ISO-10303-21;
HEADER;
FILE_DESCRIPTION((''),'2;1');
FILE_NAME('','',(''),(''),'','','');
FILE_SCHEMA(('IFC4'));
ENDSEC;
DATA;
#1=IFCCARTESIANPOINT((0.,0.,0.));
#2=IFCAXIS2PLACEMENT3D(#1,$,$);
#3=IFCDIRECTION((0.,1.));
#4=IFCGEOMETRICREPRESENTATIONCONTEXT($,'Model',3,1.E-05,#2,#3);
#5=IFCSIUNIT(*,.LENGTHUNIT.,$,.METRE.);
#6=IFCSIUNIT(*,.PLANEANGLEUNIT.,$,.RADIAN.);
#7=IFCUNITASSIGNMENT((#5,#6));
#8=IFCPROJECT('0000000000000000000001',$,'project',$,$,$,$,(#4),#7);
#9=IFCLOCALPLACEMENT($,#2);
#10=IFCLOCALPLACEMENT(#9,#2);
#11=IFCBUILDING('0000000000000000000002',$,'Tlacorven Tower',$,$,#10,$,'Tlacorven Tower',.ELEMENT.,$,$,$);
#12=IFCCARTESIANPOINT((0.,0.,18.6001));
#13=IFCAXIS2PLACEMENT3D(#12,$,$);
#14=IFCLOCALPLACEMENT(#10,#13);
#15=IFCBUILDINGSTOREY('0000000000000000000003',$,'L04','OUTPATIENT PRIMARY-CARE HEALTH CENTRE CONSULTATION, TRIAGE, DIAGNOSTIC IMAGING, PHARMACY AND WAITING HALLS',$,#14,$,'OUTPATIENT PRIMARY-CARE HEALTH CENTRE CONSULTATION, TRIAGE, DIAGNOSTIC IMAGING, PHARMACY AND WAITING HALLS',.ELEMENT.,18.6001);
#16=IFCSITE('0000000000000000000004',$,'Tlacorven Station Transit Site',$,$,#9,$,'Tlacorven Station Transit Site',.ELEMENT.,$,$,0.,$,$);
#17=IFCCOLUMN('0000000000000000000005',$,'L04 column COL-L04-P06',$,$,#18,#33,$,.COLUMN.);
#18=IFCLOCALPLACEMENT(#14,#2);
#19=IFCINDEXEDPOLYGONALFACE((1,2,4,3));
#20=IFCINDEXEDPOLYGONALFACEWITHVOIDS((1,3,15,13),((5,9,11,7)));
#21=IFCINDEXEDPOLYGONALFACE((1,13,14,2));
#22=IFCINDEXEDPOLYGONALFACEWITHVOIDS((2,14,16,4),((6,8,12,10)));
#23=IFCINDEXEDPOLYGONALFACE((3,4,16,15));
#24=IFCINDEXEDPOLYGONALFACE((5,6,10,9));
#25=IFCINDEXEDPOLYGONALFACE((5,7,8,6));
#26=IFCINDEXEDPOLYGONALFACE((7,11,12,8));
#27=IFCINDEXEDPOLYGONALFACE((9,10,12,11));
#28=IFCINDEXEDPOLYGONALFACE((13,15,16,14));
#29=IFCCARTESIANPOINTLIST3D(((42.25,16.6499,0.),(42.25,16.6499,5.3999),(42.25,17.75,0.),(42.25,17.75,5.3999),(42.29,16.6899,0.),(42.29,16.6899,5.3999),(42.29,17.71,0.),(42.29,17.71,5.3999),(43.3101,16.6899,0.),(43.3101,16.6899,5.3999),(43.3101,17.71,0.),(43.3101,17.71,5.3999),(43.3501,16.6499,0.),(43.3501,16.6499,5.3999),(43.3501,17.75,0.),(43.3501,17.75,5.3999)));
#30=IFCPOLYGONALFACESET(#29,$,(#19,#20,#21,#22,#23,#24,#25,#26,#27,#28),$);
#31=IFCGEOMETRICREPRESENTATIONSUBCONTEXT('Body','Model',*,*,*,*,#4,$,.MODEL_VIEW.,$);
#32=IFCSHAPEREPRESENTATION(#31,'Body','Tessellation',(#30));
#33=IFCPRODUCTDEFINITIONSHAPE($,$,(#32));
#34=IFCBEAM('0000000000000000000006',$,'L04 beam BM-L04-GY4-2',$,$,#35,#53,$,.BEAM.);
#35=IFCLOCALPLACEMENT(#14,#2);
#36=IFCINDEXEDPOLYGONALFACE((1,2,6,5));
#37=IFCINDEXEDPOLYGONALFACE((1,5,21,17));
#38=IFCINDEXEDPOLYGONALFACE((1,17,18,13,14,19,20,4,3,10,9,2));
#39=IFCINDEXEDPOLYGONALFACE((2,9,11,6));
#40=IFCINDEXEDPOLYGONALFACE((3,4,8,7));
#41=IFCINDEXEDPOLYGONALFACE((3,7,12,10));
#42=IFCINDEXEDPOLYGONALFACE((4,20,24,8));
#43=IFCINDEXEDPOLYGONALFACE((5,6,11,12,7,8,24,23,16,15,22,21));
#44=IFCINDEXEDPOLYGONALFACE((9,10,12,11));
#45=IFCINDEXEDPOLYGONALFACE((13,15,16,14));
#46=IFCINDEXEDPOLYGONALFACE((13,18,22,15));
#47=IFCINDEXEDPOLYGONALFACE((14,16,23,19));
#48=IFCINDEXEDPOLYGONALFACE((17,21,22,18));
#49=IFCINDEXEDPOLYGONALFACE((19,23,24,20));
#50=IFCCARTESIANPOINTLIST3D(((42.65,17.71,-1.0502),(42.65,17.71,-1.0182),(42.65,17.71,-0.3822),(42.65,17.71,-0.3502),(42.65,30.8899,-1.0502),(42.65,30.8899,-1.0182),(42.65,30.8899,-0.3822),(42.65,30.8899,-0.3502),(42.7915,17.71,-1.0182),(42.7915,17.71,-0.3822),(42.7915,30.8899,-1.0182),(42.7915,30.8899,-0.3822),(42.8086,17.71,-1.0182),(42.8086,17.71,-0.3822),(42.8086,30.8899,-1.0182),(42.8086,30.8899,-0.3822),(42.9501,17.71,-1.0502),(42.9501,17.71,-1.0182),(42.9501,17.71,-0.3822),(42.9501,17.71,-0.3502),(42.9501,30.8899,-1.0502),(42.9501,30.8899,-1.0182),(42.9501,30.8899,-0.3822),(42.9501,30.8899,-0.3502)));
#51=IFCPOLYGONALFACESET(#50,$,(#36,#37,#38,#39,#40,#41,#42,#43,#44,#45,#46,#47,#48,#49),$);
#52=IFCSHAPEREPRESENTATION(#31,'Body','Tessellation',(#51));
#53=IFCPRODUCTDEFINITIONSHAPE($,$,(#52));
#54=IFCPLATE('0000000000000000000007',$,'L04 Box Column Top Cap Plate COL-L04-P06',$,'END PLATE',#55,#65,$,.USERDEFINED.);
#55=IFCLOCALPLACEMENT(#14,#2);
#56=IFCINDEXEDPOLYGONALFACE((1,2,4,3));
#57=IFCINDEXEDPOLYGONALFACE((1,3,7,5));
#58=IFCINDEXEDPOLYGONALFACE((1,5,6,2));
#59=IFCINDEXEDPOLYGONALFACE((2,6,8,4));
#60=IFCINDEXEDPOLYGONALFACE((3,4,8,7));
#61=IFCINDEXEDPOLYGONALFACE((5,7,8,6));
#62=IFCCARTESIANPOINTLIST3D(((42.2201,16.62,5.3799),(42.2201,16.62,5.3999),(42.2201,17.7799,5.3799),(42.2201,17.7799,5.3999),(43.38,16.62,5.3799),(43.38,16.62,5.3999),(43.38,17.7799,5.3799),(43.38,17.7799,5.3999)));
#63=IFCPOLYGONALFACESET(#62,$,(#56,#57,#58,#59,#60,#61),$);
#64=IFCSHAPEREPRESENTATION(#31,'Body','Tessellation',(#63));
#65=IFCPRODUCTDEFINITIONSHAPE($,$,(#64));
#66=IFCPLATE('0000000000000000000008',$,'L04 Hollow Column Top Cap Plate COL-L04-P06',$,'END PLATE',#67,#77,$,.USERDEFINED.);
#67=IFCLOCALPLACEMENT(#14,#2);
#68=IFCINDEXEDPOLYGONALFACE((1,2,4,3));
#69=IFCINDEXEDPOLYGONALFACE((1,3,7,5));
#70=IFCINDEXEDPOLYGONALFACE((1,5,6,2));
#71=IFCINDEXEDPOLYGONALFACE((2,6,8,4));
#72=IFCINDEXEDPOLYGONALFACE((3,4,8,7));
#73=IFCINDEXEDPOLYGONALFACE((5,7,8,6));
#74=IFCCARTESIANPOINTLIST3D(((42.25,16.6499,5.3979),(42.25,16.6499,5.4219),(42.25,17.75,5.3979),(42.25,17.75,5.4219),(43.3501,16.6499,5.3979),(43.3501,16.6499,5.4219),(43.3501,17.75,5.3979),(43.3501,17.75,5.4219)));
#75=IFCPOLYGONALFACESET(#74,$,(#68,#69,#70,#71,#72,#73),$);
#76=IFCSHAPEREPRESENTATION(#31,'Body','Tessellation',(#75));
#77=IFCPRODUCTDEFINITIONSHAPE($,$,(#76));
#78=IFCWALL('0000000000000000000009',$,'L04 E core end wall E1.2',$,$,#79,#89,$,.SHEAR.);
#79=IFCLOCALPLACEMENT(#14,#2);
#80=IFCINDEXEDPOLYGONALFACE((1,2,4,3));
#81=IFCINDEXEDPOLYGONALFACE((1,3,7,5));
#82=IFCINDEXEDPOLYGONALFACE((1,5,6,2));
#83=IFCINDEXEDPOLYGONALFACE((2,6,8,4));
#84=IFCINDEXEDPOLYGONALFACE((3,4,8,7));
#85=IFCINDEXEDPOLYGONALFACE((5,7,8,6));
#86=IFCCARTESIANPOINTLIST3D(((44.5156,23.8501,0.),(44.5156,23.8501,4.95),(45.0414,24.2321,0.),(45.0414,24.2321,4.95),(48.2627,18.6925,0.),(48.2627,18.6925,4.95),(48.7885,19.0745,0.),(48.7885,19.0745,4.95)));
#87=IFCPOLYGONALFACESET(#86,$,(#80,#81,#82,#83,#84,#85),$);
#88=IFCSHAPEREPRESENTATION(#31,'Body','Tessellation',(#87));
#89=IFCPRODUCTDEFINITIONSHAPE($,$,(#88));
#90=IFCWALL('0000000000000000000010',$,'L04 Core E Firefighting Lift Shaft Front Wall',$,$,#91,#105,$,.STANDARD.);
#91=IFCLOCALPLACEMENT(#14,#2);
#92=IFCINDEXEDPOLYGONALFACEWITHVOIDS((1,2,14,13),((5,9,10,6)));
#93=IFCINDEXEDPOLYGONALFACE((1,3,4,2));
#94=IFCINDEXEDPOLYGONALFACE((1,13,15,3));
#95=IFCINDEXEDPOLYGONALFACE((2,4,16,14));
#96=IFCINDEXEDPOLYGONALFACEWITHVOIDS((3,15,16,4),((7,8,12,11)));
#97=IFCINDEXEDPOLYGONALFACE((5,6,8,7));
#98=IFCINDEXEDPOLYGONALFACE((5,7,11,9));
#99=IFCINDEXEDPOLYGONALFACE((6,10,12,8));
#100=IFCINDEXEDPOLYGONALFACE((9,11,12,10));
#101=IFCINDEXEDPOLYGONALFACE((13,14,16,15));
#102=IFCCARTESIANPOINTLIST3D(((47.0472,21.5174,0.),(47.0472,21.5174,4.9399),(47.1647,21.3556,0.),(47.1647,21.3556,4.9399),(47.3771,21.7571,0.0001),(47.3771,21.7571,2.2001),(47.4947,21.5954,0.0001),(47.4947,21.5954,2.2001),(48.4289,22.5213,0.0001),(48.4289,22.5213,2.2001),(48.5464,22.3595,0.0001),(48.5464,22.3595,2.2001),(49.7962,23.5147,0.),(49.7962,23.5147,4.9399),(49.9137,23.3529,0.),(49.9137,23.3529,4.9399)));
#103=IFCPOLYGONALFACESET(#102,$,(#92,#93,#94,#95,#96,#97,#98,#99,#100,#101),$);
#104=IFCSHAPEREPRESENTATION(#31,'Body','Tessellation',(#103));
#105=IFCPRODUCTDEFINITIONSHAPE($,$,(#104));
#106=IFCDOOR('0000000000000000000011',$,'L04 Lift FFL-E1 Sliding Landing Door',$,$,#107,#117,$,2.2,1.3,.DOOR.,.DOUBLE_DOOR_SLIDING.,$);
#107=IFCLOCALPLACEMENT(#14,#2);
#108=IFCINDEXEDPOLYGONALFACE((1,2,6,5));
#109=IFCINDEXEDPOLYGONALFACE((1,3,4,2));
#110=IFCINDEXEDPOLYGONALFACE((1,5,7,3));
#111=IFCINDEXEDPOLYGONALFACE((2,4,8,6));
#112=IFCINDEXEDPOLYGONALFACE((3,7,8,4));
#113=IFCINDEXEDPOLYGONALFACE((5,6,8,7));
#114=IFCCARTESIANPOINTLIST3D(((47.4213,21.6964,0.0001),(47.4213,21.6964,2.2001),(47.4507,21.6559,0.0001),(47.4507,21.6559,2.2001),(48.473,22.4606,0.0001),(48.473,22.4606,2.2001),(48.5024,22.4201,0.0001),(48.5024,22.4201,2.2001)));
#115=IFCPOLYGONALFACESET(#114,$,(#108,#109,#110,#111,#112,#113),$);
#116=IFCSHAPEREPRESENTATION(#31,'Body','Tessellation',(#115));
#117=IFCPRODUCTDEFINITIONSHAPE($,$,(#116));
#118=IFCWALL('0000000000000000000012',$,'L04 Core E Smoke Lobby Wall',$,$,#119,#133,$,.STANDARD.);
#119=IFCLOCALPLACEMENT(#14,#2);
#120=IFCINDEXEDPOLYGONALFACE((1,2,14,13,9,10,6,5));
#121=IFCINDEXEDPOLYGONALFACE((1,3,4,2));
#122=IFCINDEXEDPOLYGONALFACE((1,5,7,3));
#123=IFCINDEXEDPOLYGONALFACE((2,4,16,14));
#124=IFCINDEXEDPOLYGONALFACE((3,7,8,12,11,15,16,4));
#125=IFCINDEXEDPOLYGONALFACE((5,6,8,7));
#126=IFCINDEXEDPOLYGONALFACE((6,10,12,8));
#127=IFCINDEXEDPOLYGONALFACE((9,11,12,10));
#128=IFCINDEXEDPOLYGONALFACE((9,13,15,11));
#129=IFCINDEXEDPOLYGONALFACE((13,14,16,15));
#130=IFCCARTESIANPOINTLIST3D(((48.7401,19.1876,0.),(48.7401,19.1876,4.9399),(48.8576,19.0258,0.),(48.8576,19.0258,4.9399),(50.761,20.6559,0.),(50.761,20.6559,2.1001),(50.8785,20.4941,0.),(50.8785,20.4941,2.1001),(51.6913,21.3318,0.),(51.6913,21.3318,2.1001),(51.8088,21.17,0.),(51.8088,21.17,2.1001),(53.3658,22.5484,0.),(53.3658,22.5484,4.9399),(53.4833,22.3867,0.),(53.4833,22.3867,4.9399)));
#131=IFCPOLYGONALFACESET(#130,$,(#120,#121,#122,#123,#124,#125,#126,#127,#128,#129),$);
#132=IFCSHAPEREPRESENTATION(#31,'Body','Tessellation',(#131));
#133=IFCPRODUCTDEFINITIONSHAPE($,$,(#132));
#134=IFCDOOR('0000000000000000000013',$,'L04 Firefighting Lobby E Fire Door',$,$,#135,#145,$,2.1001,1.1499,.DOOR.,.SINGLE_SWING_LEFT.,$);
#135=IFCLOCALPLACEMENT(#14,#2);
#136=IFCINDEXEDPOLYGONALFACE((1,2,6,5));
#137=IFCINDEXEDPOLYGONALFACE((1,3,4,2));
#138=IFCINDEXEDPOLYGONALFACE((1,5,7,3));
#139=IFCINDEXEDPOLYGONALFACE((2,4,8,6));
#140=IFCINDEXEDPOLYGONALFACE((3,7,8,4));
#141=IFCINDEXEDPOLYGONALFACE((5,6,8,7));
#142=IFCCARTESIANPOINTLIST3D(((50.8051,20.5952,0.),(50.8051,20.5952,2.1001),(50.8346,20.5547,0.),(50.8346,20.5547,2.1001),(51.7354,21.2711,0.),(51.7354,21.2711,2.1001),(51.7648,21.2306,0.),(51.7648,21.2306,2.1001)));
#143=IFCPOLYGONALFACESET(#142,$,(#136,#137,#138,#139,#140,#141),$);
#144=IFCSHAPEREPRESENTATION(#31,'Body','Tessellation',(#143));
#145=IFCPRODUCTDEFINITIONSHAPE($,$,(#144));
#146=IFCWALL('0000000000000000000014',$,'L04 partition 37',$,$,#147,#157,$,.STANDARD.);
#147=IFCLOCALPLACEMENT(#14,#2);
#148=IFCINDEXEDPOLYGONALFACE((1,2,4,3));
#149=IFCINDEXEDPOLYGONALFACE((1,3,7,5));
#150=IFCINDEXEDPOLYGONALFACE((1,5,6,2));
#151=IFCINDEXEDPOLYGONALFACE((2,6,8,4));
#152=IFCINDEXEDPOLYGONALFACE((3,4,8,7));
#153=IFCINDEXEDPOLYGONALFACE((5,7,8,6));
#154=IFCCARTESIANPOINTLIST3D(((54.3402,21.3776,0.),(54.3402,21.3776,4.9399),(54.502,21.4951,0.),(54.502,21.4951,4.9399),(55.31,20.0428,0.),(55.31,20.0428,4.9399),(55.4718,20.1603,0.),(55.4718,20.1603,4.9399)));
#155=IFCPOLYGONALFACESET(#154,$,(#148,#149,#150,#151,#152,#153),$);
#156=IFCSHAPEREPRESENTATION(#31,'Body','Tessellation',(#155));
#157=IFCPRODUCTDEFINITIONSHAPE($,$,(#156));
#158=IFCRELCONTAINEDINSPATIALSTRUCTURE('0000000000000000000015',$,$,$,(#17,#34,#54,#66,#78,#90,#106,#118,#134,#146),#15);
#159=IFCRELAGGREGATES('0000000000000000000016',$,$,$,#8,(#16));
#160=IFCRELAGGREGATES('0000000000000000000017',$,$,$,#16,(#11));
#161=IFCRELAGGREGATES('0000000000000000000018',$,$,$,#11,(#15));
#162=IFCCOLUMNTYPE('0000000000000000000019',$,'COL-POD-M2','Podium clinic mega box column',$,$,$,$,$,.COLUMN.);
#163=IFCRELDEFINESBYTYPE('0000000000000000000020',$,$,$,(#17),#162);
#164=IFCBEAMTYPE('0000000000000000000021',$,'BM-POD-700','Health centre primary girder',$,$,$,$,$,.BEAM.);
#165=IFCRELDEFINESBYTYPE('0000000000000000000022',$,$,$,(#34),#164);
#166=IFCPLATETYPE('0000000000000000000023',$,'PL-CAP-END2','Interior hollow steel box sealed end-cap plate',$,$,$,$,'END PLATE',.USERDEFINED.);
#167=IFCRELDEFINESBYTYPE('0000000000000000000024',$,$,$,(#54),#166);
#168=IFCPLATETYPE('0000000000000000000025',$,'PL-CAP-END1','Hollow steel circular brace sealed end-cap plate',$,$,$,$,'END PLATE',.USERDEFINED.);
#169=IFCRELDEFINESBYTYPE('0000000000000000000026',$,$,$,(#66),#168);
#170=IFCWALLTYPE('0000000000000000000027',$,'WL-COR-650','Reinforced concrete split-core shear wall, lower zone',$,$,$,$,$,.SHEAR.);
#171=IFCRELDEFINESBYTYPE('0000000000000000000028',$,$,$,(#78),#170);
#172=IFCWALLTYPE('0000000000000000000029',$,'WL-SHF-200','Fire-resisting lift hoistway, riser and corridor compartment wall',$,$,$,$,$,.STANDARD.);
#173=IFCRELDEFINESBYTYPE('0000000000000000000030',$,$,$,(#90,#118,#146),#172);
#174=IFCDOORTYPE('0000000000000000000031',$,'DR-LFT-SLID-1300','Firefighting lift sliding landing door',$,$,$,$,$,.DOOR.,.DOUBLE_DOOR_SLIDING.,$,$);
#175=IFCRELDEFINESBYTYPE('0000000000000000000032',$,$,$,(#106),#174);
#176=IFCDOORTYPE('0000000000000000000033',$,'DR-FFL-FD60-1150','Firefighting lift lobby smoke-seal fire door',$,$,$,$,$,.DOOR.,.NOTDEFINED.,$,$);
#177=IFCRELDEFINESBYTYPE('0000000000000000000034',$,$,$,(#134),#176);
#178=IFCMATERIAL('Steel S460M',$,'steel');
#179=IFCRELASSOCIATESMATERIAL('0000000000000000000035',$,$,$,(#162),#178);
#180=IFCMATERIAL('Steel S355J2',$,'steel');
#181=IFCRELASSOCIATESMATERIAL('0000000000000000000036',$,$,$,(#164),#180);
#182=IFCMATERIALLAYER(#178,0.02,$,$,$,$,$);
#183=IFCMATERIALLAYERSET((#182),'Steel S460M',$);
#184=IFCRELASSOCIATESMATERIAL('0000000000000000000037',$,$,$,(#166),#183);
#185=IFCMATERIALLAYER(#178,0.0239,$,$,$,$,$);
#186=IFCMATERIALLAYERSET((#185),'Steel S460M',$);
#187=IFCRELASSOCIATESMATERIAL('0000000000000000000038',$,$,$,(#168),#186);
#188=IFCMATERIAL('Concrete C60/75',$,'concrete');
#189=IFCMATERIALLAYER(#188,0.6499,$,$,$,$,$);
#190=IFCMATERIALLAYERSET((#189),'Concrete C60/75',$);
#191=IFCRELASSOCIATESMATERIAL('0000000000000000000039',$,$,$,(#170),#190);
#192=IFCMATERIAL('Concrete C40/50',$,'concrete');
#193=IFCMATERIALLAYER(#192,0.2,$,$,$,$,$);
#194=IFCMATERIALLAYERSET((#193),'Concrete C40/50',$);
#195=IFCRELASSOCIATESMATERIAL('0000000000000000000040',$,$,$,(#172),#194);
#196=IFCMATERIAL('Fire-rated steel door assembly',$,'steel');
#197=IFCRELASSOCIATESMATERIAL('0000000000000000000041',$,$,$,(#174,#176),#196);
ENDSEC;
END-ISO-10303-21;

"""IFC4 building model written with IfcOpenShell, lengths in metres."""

from ifc_helpers import new_model, si_unit, direction, frame, frame_2d, origin, origin_2d, place, context, subcontext, project, spatial, rectangle, hollow_rectangle, i_section, extrude, source, transform, mapped, material, layer, layer_set, material_profile, profile_set, type_object, element, fill, save


model = new_model("IFC4")

# Units and contexts
model_context = context("Model", 3, precision=1e-05, world=origin(), true_north=direction((0.0, 1.0)))
body_context = subcontext(model_context, "Body", "Model", "MODEL_VIEW")
ifc_project = project(units=[si_unit("LENGTHUNIT", "METRE"), si_unit("PLANEANGLEUNIT", "RADIAN")], contexts=[model_context])

# Site, building, storey
site_placement = place(None, origin())
site = spatial("IfcSite", under=ifc_project, at=site_placement, Name="Tlacorven Station Transit Site", LongName="Tlacorven Station Transit Site", CompositionType="ELEMENT", RefElevation=0.0)
building_placement = place(site_placement, origin())
building = spatial("IfcBuilding", under=site, at=building_placement, Name="Tlacorven Tower", LongName="Tlacorven Tower", CompositionType="ELEMENT")
storey_placement = place(building_placement, frame((0.0, 0.0, 18.6001)))
storey = spatial("IfcBuildingStorey", under=building, at=storey_placement, Name="L04", Description="OUTPATIENT PRIMARY-CARE HEALTH CENTRE CONSULTATION, TRIAGE, DIAGNOSTIC IMAGING, PHARMACY AND WAITING HALLS", LongName="OUTPATIENT PRIMARY-CARE HEALTH CENTRE CONSULTATION, TRIAGE, DIAGNOSTIC IMAGING, PHARMACY AND WAITING HALLS", CompositionType="ELEMENT", Elevation=18.6001)

# Column
ifc_material_1 = material(Name="Steel S460M", Category="steel")
ifc_material_profile_1 = material_profile(ifc_material_1, hollow_rectangle(XDim=1.1001, YDim=1.1001, WallThickness=0.04, at=origin_2d()), Name="BOX 1100X1100X40")
ifc_profile_set_1 = profile_set([ifc_material_profile_1], Name="Steel S460M")
column_type = type_object("IfcColumnType", Name="COL-POD-M2", Description="Podium clinic mega box column", PredefinedType="COLUMN", material=ifc_profile_set_1)
shared_shape_1 = source(origin(), body_context, "Body", "SweptSolid", [
    extrude(hollow_rectangle(XDim=1.1001, YDim=1.1001, WallThickness=0.04, at=origin_2d()), origin(), (0.0, 0.0, 1.0), 5.3999),
])
column_placement = place(storey_placement, frame((42.8, 17.2, 0.0), z_axis=(0.0, 0.0, 1.0), x_axis=(1.0, 0.0, 0.0)))
element("IfcColumn", 1, at=column_placement, inside=storey, type_object=column_type, Name="L04 column COL-L04-P06", PredefinedType="COLUMN", context=body_context, shape_type="MappedRepresentation", body=[
    mapped(shared_shape_1, transform((0.0, 0.0, 0.0), scale=1.0)),
])

# Beam
ifc_material_2 = material(Name="Steel S355J2", Category="steel")
ifc_material_profile_2 = material_profile(ifc_material_2, i_section(OverallWidth=0.3, OverallDepth=0.7, WebThickness=0.0171, FlangeThickness=0.032, at=origin_2d()), Name="HEB 700")
ifc_profile_set_2 = profile_set([ifc_material_profile_2], Name="Steel S355J2")
beam_type = type_object("IfcBeamType", Name="BM-POD-700", Description="Health centre primary girder", PredefinedType="BEAM", material=ifc_profile_set_2)
shared_shape_2 = source(origin(), body_context, "Body", "SweptSolid", [
    extrude(i_section(OverallWidth=0.3, OverallDepth=0.7, WebThickness=0.0171, FlangeThickness=0.032, at=origin_2d()), origin(), (0.0, 0.0, 1.0), 13.1799),
])
beam_placement = place(storey_placement, frame((42.8, 17.71, -0.7002), z_axis=(0.0, 1.0, 0.0), x_axis=(-1.0, 0.0, 0.0)))
element("IfcBeam", 2, at=beam_placement, inside=storey, type_object=beam_type, Name="L04 beam BM-L04-GY4-2", PredefinedType="BEAM", context=body_context, shape_type="MappedRepresentation", body=[
    mapped(shared_shape_2, transform((0.0, 0.0, 0.0), scale=1.0)),
])

# Plates
ifc_layer_1 = layer(ifc_material_1, 0.02)
ifc_layer_set_1 = layer_set([ifc_layer_1], Name="Steel S460M")
plate_type_1 = type_object("IfcPlateType", Name="PL-CAP-END2", Description="Interior hollow steel box sealed end-cap plate", ElementType="END PLATE", PredefinedType="USERDEFINED", material=ifc_layer_set_1)
shared_shape_3 = source(origin(), body_context, "Body", "SweptSolid", [
    extrude(rectangle(XDim=1.1599, YDim=1.1599, at=origin_2d()), origin(), (0.0, 0.0, 1.0), 0.02),
])
plate_1_placement = place(storey_placement, frame((42.8, 17.2, 5.3799), z_axis=(0.0, 0.0, 1.0), x_axis=(1.0, 0.0, 0.0)))
element("IfcPlate", 3, at=plate_1_placement, inside=storey, type_object=plate_type_1, Name="L04 Box Column Top Cap Plate COL-L04-P06", ObjectType="END PLATE", PredefinedType="USERDEFINED", context=body_context, shape_type="MappedRepresentation", body=[
    mapped(shared_shape_3, transform((0.0, 0.0, 0.0), scale=1.0)),
])
ifc_layer_2 = layer(ifc_material_1, 0.0239)
ifc_layer_set_2 = layer_set([ifc_layer_2], Name="Steel S460M")
plate_type_2 = type_object("IfcPlateType", Name="PL-CAP-END1", Description="Hollow steel circular brace sealed end-cap plate", ElementType="END PLATE", PredefinedType="USERDEFINED", material=ifc_layer_set_2)
shared_shape_4 = source(origin(), body_context, "Body", "SweptSolid", [
    extrude(rectangle(XDim=1.1001, YDim=1.1001, at=origin_2d()), origin(), (0.0, 0.0, 1.0), 0.0239),
])
plate_2_placement = place(storey_placement, frame((42.8, 17.2, 5.3979), z_axis=(0.0, 0.0, 1.0), x_axis=(1.0, 0.0, 0.0)))
element("IfcPlate", 4, at=plate_2_placement, inside=storey, type_object=plate_type_2, Name="L04 Hollow Column Top Cap Plate COL-L04-P06", ObjectType="END PLATE", PredefinedType="USERDEFINED", context=body_context, shape_type="MappedRepresentation", body=[
    mapped(shared_shape_4, transform((0.0, 0.0, 0.0), scale=1.0)),
])

# Wall
ifc_material_3 = material(Name="Concrete C60/75", Category="concrete")
ifc_layer_3 = layer(ifc_material_3, 0.6499)
ifc_layer_set_3 = layer_set([ifc_layer_3], Name="Concrete C60/75")
wall_type_1 = type_object("IfcWallType", Name="WL-COR-650", Description="Reinforced concrete split-core shear wall, lower zone", PredefinedType="SHEAR", material=ifc_layer_set_3)
wall_1_placement = place(storey_placement, frame((48.5256, 18.8835, 0.0), z_axis=(0.0, 0.0, 1.0), x_axis=(-0.58778, 0.809021, 0.0)))
element("IfcWall", 5, at=wall_1_placement, inside=storey, type_object=wall_type_1, Name="L04 E core end wall E1.2", PredefinedType="SHEAR", context=body_context, shape_type="SweptSolid", body=[
    extrude(rectangle(XDim=6.375, YDim=0.6499, at=frame_2d((3.1875, 0.0))), origin(), (0.0, 0.0, 1.0), 4.95),
])

# Walls, openings, doors
ifc_material_4 = material(Name="Concrete C40/50", Category="concrete")
ifc_layer_4 = layer(ifc_material_4, 0.2)
ifc_layer_set_4 = layer_set([ifc_layer_4], Name="Concrete C40/50")
wall_type_2 = type_object("IfcWallType", Name="WL-SHF-200", Description="Fire-resisting lift hoistway, riser and corridor compartment wall", PredefinedType="STANDARD", material=ifc_layer_set_4)
wall_2_placement = place(storey_placement, frame((47.106, 21.4365, 0.0), z_axis=(0.0, 0.0, 1.0), x_axis=(0.809013, 0.587791, 0.0)))
wall_2 = element("IfcWall", 6, at=wall_2_placement, inside=storey, type_object=wall_type_2, Name="L04 Core E Firefighting Lift Shaft Front Wall", PredefinedType="STANDARD", context=body_context, shape_type="SweptSolid", body=[
    extrude(rectangle(XDim=3.3979, YDim=0.2, at=frame_2d((1.699, 0.0))), origin(), (0.0, 0.0, 1.0), 4.9399),
])
opening_1_placement = place(wall_2_placement, frame((0.408, 0.0, 0.0)))
opening_1 = element("IfcOpeningElement", 7, at=opening_1_placement, cuts=wall_2, PredefinedType="OPENING", context=body_context, shape_type="SweptSolid", body=[
    extrude(rectangle(XDim=1.3, YDim=2.2, at=frame_2d((0.6499, 1.1001))), frame((0.0, 0.1099, 0.0), z_axis=(0.0, -1.0, 0.0), x_axis=(1.0, 0.0, 0.0)), (0.0, 0.0, 1.0), 0.22),
])
ifc_material_5 = material(Name="Fire-rated steel door assembly", Category="steel")
door_type_1 = type_object("IfcDoorType", Name="DR-LFT-SLID-1300", Description="Firefighting lift sliding landing door", OperationType="DOUBLE_DOOR_SLIDING", PredefinedType="DOOR", material=ifc_material_5)
shared_shape_5 = source(origin(), body_context, "Body", "SweptSolid", [
    extrude(rectangle(XDim=1.3, YDim=2.2, at=frame_2d((0.6499, 1.1001))), frame((0.0, 0.0249, 0.0), z_axis=(0.0, -1.0, 0.0), x_axis=(1.0, 0.0, 0.0)), (0.0, 0.0, 1.0), 0.05),
])
door_1_placement = place(opening_1_placement, origin())
door_1 = element("IfcDoor", 8, at=door_1_placement, inside=storey, type_object=door_type_1, Name="L04 Lift FFL-E1 Sliding Landing Door", OperationType="DOUBLE_DOOR_SLIDING", OverallHeight=2.2, OverallWidth=1.3, PredefinedType="DOOR", context=body_context, shape_type="MappedRepresentation", body=[
    mapped(shared_shape_5, transform((0.0, 0.0, 0.0), scale=1.0)),
])
fill(opening_1, door_1)
wall_3_placement = place(storey_placement, frame((48.7988, 19.1067, 0.0), z_axis=(0.0, 0.0, 1.0), x_axis=(0.809013, 0.587791, 0.0)))
wall_3 = element("IfcWall", 9, at=wall_3_placement, inside=storey, type_object=wall_type_2, Name="L04 Core E Smoke Lobby Wall", PredefinedType="STANDARD", context=body_context, shape_type="SweptSolid", body=[
    extrude(rectangle(XDim=5.7178, YDim=0.2, at=frame_2d((2.8589, 0.0))), origin(), (0.0, 0.0, 1.0), 4.9399),
])
opening_2_placement = place(wall_3_placement, frame((2.498, 0.0, 0.0)))
opening_2 = element("IfcOpeningElement", 10, at=opening_2_placement, cuts=wall_3, PredefinedType="OPENING", context=body_context, shape_type="SweptSolid", body=[
    extrude(rectangle(XDim=1.1499, YDim=2.1001, at=frame_2d((0.575, 1.05))), frame((0.0, 0.1099, 0.0), z_axis=(0.0, -1.0, 0.0), x_axis=(1.0, 0.0, 0.0)), (0.0, 0.0, 1.0), 0.22),
])
door_type_2 = type_object("IfcDoorType", Name="DR-FFL-FD60-1150", Description="Firefighting lift lobby smoke-seal fire door", OperationType="NOTDEFINED", PredefinedType="DOOR", material=ifc_material_5)
shared_shape_6 = source(origin(), body_context, "Body", "SweptSolid", [
    extrude(rectangle(XDim=1.1499, YDim=2.1001, at=frame_2d((0.575, 1.05))), frame((0.0, 0.0249, 0.0), z_axis=(0.0, -1.0, 0.0), x_axis=(1.0, 0.0, 0.0)), (0.0, 0.0, 1.0), 0.05),
])
door_2_placement = place(opening_2_placement, origin())
door_2 = element("IfcDoor", 11, at=door_2_placement, inside=storey, type_object=door_type_2, Name="L04 Firefighting Lobby E Fire Door", OperationType="SINGLE_SWING_LEFT", OverallHeight=2.1001, OverallWidth=1.1499, PredefinedType="DOOR", context=body_context, shape_type="MappedRepresentation", body=[
    mapped(shared_shape_6, transform((0.0, 0.0, 0.0), scale=1.0)),
])
fill(opening_2, door_2)

# Wall
wall_4_placement = place(storey_placement, frame((55.3909, 20.1016, 0.0), z_axis=(0.0, 0.0, 1.0), x_axis=(-0.587784, 0.809018, 0.0)))
element("IfcWall", 12, at=wall_4_placement, inside=storey, type_object=wall_type_2, Name="L04 partition 37", PredefinedType="STANDARD", context=body_context, shape_type="SweptSolid", body=[
    extrude(rectangle(XDim=1.6499, YDim=0.2, at=frame_2d((0.825, 0.0))), origin(), (0.0, 0.0, 1.0), 4.9399),
])

save(model, "model.ifc")
